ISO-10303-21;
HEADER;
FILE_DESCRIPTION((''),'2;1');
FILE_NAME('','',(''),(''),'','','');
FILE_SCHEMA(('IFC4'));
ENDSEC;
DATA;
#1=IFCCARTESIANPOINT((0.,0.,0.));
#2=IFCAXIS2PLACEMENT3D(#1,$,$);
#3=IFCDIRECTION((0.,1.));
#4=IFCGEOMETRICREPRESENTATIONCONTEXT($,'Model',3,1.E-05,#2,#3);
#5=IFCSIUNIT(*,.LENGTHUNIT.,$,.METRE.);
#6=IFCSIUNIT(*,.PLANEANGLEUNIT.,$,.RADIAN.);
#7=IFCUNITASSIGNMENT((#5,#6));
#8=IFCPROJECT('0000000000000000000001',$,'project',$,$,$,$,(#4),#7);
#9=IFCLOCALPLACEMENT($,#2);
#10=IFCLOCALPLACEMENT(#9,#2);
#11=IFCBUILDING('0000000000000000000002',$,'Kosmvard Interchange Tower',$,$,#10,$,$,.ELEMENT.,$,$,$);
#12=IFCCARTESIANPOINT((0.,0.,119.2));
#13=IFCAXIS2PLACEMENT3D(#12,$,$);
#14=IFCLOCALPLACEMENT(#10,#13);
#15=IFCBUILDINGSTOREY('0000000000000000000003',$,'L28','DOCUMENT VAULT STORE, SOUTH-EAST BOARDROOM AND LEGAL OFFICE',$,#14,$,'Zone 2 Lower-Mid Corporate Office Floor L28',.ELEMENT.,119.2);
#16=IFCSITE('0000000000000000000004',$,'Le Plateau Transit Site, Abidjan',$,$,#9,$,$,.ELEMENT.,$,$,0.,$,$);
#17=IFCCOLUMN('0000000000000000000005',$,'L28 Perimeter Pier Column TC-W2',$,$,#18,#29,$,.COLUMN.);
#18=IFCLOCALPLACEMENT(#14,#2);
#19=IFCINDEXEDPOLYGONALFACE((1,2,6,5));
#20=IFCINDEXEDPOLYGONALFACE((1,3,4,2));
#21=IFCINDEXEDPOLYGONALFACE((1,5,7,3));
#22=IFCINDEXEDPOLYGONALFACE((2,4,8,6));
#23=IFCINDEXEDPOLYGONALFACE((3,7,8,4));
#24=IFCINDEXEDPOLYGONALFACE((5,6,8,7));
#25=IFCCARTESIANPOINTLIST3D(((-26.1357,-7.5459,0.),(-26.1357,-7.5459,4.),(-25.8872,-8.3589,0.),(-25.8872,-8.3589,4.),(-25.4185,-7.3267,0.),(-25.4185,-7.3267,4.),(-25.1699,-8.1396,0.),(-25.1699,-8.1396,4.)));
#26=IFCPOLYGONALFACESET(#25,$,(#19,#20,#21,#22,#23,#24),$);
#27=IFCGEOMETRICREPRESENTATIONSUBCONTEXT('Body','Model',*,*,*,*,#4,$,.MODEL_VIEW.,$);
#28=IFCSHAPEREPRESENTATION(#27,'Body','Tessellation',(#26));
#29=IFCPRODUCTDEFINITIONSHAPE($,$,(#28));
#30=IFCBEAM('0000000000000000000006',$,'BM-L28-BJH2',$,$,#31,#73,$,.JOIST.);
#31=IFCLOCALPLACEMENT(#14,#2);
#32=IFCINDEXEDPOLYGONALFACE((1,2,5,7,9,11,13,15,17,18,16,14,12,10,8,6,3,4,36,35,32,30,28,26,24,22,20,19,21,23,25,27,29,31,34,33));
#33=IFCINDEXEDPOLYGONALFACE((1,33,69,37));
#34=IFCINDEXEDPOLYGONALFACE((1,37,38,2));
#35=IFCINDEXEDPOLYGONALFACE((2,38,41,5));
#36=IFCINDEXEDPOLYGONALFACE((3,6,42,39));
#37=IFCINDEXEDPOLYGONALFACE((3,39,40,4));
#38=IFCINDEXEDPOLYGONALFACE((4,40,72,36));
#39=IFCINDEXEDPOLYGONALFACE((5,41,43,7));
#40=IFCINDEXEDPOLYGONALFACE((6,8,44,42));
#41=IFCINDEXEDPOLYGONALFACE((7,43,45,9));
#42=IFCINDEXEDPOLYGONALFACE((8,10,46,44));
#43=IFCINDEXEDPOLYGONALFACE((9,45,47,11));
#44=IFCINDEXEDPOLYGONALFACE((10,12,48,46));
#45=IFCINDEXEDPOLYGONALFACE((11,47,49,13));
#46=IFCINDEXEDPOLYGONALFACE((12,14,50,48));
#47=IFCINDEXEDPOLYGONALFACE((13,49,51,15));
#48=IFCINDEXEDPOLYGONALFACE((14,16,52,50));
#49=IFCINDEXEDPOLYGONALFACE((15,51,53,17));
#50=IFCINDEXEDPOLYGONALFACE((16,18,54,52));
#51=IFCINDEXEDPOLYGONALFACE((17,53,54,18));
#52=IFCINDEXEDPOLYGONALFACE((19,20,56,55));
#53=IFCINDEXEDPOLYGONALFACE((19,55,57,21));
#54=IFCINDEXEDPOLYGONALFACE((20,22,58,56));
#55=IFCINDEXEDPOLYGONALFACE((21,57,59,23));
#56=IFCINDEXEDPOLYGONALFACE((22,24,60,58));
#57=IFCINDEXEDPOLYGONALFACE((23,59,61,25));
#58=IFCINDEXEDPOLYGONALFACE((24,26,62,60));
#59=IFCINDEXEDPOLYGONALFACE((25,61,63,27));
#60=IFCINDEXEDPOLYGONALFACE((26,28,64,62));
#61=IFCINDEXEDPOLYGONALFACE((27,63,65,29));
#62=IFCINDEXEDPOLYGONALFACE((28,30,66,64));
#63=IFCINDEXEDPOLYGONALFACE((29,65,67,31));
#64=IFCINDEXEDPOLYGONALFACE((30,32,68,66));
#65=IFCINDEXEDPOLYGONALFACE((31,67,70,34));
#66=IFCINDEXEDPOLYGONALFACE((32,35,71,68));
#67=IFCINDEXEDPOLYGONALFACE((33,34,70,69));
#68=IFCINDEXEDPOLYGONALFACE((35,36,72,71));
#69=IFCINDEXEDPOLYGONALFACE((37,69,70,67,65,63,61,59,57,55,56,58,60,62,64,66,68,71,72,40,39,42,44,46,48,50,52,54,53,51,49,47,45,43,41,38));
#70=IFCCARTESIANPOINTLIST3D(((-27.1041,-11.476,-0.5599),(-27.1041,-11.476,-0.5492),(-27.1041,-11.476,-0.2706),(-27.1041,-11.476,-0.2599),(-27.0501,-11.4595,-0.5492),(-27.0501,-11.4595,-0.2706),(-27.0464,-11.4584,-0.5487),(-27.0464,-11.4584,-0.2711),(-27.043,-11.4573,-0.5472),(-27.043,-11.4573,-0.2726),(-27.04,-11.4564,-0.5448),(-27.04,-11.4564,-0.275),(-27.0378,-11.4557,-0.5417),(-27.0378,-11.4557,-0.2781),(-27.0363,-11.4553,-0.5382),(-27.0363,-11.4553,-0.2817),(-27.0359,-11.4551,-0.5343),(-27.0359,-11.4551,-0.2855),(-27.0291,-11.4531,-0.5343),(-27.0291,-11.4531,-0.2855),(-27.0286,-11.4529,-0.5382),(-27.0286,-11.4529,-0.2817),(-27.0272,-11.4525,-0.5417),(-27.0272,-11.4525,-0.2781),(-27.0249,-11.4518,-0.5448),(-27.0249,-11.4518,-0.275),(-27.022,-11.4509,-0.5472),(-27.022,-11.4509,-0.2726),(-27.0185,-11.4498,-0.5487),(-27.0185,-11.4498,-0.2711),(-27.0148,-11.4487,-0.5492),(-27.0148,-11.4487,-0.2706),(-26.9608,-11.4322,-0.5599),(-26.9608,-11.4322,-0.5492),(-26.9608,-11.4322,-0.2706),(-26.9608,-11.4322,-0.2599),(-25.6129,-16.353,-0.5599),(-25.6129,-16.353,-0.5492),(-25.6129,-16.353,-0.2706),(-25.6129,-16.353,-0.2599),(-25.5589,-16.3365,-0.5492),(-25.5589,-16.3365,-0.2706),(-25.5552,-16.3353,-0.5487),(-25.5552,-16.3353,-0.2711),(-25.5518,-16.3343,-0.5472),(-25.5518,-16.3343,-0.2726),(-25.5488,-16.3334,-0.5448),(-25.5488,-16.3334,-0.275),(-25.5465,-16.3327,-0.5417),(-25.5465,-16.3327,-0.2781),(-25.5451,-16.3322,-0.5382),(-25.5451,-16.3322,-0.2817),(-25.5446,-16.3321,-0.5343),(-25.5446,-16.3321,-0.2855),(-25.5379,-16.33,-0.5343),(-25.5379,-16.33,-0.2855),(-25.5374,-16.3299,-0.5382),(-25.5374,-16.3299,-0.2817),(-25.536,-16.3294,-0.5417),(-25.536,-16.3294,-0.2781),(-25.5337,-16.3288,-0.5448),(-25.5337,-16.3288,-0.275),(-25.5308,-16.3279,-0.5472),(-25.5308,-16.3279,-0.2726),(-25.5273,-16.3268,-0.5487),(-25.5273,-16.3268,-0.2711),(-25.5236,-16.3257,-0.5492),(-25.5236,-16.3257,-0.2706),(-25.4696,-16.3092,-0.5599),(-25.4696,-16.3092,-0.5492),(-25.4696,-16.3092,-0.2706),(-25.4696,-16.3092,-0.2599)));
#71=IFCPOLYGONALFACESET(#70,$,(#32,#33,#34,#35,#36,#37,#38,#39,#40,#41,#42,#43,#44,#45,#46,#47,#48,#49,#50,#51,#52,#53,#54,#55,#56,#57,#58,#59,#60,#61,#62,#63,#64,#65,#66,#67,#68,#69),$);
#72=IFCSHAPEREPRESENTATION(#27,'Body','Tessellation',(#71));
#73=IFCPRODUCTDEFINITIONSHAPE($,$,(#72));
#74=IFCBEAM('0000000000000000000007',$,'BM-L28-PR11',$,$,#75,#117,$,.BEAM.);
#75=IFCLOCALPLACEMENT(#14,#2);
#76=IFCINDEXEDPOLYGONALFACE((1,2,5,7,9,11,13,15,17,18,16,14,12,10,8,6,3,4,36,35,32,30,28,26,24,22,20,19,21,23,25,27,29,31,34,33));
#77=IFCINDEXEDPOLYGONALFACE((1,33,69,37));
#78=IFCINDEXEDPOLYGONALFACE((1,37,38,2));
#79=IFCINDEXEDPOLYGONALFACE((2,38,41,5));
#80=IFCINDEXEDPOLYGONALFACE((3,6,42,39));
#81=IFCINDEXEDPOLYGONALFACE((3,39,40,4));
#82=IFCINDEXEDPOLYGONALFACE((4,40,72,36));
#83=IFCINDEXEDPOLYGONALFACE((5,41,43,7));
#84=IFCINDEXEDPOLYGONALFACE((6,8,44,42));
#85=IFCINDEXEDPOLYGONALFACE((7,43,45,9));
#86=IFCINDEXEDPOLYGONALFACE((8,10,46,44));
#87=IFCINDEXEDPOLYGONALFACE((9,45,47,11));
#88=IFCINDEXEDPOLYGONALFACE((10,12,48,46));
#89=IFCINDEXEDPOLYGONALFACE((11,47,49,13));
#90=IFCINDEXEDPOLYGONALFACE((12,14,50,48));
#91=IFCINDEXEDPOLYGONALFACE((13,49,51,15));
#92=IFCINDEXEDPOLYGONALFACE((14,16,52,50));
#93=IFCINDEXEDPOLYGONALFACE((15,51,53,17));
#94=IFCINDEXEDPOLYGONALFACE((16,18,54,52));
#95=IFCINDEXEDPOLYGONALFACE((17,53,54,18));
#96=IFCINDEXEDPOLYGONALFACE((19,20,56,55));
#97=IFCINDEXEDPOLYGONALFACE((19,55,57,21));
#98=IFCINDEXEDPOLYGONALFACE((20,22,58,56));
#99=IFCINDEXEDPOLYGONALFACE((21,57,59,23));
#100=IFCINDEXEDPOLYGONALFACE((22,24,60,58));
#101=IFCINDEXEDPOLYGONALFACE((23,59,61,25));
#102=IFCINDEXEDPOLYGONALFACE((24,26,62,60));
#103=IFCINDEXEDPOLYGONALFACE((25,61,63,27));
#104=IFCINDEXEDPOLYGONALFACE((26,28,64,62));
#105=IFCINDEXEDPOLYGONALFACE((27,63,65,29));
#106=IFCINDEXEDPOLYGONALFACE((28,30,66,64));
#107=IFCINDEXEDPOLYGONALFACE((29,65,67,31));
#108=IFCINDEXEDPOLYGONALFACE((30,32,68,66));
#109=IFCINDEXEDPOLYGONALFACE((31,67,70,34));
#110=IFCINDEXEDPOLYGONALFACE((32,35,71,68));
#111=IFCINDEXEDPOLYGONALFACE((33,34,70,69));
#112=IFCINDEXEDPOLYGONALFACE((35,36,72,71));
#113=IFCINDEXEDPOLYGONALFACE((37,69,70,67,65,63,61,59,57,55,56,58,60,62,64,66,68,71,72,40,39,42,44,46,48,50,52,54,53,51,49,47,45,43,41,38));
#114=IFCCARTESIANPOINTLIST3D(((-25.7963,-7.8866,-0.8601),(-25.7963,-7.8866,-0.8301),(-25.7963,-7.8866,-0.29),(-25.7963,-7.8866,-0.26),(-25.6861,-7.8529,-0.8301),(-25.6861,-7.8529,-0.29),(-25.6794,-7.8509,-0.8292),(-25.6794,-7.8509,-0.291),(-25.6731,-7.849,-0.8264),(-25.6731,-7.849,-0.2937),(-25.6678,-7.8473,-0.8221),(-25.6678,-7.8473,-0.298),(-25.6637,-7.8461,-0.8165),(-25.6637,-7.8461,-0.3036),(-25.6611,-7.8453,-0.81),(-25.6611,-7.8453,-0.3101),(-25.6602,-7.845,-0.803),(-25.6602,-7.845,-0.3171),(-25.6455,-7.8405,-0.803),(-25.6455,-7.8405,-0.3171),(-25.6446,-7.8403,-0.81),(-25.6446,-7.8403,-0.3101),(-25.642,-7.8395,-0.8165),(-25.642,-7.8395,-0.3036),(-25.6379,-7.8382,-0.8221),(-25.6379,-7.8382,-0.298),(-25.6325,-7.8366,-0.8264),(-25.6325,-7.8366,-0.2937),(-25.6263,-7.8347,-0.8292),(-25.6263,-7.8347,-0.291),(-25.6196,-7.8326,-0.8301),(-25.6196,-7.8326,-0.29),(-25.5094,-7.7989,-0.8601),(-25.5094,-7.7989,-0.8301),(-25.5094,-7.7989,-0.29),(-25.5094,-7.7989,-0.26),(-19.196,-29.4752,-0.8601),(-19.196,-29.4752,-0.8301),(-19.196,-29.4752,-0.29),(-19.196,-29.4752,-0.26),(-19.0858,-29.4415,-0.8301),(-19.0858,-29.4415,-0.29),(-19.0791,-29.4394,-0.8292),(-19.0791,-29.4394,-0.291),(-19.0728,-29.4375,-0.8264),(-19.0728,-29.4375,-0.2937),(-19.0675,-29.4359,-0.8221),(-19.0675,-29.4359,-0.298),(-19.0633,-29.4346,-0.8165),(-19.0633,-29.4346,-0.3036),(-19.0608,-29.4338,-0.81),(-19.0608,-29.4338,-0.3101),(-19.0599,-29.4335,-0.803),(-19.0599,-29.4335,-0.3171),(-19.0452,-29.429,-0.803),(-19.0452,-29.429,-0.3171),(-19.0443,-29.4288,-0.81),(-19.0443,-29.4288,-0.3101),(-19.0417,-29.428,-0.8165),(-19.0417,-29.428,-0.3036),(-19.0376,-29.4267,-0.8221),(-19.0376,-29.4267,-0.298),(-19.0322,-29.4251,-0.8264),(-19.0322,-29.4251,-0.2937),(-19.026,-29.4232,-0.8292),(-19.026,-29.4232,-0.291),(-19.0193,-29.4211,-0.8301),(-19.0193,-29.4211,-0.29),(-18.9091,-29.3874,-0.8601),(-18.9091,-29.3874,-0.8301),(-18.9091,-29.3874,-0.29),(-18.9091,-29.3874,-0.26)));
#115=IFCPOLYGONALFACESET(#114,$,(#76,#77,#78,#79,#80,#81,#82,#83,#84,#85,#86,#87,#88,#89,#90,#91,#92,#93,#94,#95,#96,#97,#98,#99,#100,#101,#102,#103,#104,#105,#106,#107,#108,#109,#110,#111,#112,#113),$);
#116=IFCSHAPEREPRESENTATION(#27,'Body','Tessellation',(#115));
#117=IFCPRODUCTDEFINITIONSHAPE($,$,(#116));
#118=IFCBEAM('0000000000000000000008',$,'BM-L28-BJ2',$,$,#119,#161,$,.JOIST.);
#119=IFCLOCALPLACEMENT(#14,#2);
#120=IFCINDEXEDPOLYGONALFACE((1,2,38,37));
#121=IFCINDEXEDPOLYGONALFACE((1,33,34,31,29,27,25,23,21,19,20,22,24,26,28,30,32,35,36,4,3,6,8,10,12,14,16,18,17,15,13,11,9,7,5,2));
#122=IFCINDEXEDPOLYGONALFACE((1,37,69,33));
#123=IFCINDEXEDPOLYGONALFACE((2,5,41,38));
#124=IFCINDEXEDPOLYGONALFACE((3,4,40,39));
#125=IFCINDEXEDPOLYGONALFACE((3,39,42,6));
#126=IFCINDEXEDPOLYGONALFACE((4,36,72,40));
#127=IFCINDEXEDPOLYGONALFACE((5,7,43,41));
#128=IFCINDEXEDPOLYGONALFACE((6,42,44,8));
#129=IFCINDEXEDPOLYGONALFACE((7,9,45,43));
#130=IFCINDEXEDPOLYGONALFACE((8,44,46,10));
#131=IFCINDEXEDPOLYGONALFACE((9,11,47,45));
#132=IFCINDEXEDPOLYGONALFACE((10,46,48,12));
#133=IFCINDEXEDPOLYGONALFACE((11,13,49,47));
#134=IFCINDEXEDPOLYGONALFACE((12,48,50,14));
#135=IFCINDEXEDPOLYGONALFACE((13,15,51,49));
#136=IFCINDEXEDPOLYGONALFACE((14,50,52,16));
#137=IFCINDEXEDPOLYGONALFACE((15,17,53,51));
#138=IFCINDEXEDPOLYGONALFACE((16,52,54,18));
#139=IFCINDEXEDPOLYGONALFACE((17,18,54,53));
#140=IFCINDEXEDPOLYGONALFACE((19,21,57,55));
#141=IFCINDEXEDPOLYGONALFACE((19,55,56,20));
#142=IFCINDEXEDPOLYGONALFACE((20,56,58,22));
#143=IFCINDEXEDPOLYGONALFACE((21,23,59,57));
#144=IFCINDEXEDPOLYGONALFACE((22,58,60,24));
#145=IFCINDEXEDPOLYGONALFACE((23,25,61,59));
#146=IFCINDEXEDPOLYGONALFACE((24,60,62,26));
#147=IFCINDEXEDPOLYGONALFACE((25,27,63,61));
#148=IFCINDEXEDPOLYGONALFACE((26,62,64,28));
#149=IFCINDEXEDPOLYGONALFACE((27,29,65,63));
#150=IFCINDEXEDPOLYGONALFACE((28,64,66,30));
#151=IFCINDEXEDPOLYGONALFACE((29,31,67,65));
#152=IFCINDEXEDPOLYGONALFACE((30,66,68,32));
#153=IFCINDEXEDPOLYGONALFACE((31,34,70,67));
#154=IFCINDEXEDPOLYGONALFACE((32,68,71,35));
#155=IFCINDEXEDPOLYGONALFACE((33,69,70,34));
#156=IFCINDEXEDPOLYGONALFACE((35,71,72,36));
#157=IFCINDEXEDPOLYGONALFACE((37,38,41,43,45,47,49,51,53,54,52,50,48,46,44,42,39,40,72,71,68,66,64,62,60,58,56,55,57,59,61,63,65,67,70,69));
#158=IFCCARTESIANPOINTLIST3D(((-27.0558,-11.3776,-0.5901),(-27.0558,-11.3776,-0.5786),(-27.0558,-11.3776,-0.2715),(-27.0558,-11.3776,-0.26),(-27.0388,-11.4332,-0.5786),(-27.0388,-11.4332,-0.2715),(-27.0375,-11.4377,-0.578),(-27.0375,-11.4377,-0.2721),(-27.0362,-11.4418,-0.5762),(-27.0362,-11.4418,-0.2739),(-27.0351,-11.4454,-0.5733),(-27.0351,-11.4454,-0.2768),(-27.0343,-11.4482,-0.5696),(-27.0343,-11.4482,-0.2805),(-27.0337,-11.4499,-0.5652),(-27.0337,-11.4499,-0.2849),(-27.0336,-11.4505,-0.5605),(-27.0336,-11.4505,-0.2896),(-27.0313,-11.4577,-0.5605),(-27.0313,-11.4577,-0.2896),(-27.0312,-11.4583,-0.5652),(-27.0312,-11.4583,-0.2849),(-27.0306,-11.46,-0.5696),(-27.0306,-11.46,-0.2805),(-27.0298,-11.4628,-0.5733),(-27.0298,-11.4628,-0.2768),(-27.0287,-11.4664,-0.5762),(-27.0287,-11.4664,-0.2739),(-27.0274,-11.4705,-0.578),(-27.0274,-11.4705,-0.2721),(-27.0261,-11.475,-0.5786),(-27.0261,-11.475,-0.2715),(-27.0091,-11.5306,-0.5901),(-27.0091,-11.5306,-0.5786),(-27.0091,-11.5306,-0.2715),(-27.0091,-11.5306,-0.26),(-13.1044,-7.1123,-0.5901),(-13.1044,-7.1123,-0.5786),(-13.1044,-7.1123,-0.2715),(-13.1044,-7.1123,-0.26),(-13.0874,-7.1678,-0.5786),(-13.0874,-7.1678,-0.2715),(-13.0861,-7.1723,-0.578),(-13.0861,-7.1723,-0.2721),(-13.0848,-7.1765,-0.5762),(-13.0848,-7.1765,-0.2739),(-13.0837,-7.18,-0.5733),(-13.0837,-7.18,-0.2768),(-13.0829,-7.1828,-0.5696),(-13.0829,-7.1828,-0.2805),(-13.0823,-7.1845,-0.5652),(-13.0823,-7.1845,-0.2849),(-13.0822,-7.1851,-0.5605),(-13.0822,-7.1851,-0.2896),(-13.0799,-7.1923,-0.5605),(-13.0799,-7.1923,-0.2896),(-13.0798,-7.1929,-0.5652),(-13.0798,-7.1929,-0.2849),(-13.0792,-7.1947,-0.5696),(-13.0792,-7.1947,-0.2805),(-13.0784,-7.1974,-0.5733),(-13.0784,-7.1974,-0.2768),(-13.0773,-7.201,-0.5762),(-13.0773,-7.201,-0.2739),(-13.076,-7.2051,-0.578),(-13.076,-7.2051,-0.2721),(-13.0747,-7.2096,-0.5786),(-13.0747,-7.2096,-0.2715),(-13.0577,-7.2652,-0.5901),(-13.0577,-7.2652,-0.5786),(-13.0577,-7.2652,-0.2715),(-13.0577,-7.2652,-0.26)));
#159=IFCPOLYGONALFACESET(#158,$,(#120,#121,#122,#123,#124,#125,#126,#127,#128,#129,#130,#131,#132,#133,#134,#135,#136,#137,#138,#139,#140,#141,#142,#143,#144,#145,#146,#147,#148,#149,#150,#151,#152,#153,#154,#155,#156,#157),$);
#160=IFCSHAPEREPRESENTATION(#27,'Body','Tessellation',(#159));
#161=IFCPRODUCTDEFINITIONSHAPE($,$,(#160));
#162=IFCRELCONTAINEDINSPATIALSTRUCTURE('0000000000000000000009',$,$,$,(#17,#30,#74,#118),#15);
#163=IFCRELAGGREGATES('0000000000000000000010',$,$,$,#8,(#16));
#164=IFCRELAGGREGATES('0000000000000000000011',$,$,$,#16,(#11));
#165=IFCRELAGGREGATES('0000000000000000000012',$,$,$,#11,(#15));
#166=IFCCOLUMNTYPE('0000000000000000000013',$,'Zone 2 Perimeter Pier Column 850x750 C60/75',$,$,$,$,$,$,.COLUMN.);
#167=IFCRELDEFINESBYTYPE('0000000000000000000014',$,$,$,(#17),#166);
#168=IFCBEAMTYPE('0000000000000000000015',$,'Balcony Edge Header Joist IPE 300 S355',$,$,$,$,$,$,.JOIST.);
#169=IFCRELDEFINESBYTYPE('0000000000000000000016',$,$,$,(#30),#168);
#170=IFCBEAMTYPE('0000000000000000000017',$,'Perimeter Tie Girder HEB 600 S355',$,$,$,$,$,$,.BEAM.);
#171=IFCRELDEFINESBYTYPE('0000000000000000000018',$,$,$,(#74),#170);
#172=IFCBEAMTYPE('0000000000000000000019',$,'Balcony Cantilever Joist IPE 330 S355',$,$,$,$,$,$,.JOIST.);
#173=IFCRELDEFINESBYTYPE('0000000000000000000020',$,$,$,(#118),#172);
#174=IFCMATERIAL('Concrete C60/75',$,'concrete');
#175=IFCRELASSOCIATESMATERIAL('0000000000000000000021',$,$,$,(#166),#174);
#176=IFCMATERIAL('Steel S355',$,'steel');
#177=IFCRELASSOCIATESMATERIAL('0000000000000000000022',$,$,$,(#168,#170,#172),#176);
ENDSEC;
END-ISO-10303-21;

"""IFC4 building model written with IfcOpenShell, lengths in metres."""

from ifc_helpers import new_model, si_unit, direction, frame, origin, origin_2d, place, context, subcontext, project, spatial, rectangle, i_section, extrude, source, transform, mapped, material, material_profile, profile_set, type_object, element, save


model = new_model("IFC4")

# Units and contexts
model_context = context("Model", 3, precision=1e-05, world=origin(), true_north=direction((0.0, 1.0)))
body_context = subcontext(model_context, "Body", "Model", "MODEL_VIEW")
ifc_project = project(units=[si_unit("LENGTHUNIT", "METRE"), si_unit("PLANEANGLEUNIT", "RADIAN")], contexts=[model_context])

# Site, building, storey
site_placement = place(None, origin())
site = spatial("IfcSite", under=ifc_project, at=site_placement, Name="Le Plateau Transit Site, Abidjan", CompositionType="ELEMENT", RefElevation=0.0)
building_placement = place(site_placement, origin())
building = spatial("IfcBuilding", under=site, at=building_placement, Name="Kosmvard Interchange Tower", CompositionType="ELEMENT")
storey_placement = place(building_placement, frame((0.0, 0.0, 119.2)))
storey = spatial("IfcBuildingStorey", under=building, at=storey_placement, Name="L28", Description="DOCUMENT VAULT STORE, SOUTH-EAST BOARDROOM AND LEGAL OFFICE", LongName="Zone 2 Lower-Mid Corporate Office Floor L28", CompositionType="ELEMENT", Elevation=119.2)

# Column
ifc_material_1 = material(Name="Concrete C60/75", Category="concrete")
ifc_material_profile_1 = material_profile(ifc_material_1, rectangle(XDim=0.75, YDim=0.8501, at=origin_2d()), Name="TC 850x750")
ifc_profile_set_1 = profile_set([ifc_material_profile_1], Name="Concrete C60/75")
column_type = type_object("IfcColumnType", Name="Zone 2 Perimeter Pier Column 850x750 C60/75", PredefinedType="COLUMN", material=ifc_profile_set_1)
shared_shape_1 = source(origin(), body_context, "Body", "SweptSolid", [
    extrude(rectangle(XDim=0.75, YDim=0.8501, at=origin_2d()), origin(), (0.0, 0.0, 1.0), 4.0),
])
column_placement = place(storey_placement, frame((-25.6528, -7.8428, 0.0), z_axis=(0.0, 0.0, 1.0), x_axis=(0.956305, 0.292372, 0.0)))
element("IfcColumn", 1, at=column_placement, inside=storey, type_object=column_type, Name="L28 Perimeter Pier Column TC-W2", PredefinedType="COLUMN", context=body_context, shape_type="MappedRepresentation", body=[
    mapped(shared_shape_1, transform((0.0, 0.0, 0.0), scale=1.0)),
])

# Beams
ifc_material_2 = material(Name="Steel S355", Category="steel")
ifc_material_profile_2 = material_profile(ifc_material_2, i_section(OverallWidth=0.1499, OverallDepth=0.3, WebThickness=0.0071, FlangeThickness=0.0107, FilletRadius=0.0149, at=origin_2d()), Name="IPE 300")
ifc_profile_set_2 = profile_set([ifc_material_profile_2], Name="Steel S355")
beam_type_1 = type_object("IfcBeamType", Name="Balcony Edge Header Joist IPE 300 S355", PredefinedType="JOIST", material=ifc_profile_set_2)
shared_shape_2 = source(origin(), body_context, "Body", "SweptSolid", [
    extrude(i_section(OverallWidth=0.1499, OverallDepth=0.3, WebThickness=0.0071, FlangeThickness=0.0107, FilletRadius=0.0149, at=origin_2d()), origin(), (0.0, 0.0, 1.0), 5.0999),
])
beam_1_placement = place(storey_placement, frame((-27.0325, -11.4541, -0.4099), z_axis=(0.292403, -0.956295, 0.0), x_axis=(0.956295, 0.292403, 0.0)))
element("IfcBeam", 2, at=beam_1_placement, inside=storey, type_object=beam_type_1, Name="BM-L28-BJH2", PredefinedType="JOIST", context=body_context, shape_type="MappedRepresentation", body=[
    mapped(shared_shape_2, transform((0.0, 0.0, 0.0), scale=1.0)),
])
ifc_material_profile_3 = material_profile(ifc_material_2, i_section(OverallWidth=0.3, OverallDepth=0.6001, WebThickness=0.0154, FlangeThickness=0.03, FilletRadius=0.0271, at=origin_2d()), Name="HEB 600")
ifc_profile_set_3 = profile_set([ifc_material_profile_3], Name="Steel S355")
beam_type_2 = type_object("IfcBeamType", Name="Perimeter Tie Girder HEB 600 S355", PredefinedType="BEAM", material=ifc_profile_set_3)
shared_shape_3 = source(origin(), body_context, "Body", "SweptSolid", [
    extrude(i_section(OverallWidth=0.3, OverallDepth=0.6001, WebThickness=0.0154, FlangeThickness=0.03, FilletRadius=0.0271, at=origin_2d()), origin(), (0.0, 0.0, 1.0), 22.575),
])
beam_2_placement = place(storey_placement, frame((-25.6528, -7.8428, -0.5601), z_axis=(0.292373, -0.956304, 0.0), x_axis=(0.956304, 0.292373, 0.0)))
element("IfcBeam", 3, at=beam_2_placement, inside=storey, type_object=beam_type_2, Name="BM-L28-PR11", PredefinedType="BEAM", context=body_context, shape_type="MappedRepresentation", body=[
    mapped(shared_shape_3, transform((0.0, 0.0, 0.0), scale=1.0)),
])
ifc_material_profile_4 = material_profile(ifc_material_2, i_section(OverallWidth=0.1599, OverallDepth=0.3301, WebThickness=0.0076, FlangeThickness=0.0115, FilletRadius=0.0181, at=origin_2d()), Name="IPE 330")
ifc_profile_set_4 = profile_set([ifc_material_profile_4], Name="Steel S355")
beam_type_3 = type_object("IfcBeamType", Name="Balcony Cantilever Joist IPE 330 S355", PredefinedType="JOIST", material=ifc_profile_set_4)
shared_shape_4 = source(origin(), body_context, "Body", "SweptSolid", [
    extrude(i_section(OverallWidth=0.1599, OverallDepth=0.3301, WebThickness=0.0076, FlangeThickness=0.0115, FilletRadius=0.0181, at=origin_2d()), origin(), (0.0, 0.0, 1.0), 14.5889),
])
beam_3_placement = place(storey_placement, frame((-13.0811, -7.1887, -0.425), z_axis=(-0.956305, -0.292372, 0.0), x_axis=(0.292372, -0.956305, 0.0)))
element("IfcBeam", 4, at=beam_3_placement, inside=storey, type_object=beam_type_3, Name="BM-L28-BJ2", PredefinedType="JOIST", context=body_context, shape_type="MappedRepresentation", body=[
    mapped(shared_shape_4, transform((0.0, 0.0, 0.0), scale=1.0)),
])

save(model, "model.ifc")
